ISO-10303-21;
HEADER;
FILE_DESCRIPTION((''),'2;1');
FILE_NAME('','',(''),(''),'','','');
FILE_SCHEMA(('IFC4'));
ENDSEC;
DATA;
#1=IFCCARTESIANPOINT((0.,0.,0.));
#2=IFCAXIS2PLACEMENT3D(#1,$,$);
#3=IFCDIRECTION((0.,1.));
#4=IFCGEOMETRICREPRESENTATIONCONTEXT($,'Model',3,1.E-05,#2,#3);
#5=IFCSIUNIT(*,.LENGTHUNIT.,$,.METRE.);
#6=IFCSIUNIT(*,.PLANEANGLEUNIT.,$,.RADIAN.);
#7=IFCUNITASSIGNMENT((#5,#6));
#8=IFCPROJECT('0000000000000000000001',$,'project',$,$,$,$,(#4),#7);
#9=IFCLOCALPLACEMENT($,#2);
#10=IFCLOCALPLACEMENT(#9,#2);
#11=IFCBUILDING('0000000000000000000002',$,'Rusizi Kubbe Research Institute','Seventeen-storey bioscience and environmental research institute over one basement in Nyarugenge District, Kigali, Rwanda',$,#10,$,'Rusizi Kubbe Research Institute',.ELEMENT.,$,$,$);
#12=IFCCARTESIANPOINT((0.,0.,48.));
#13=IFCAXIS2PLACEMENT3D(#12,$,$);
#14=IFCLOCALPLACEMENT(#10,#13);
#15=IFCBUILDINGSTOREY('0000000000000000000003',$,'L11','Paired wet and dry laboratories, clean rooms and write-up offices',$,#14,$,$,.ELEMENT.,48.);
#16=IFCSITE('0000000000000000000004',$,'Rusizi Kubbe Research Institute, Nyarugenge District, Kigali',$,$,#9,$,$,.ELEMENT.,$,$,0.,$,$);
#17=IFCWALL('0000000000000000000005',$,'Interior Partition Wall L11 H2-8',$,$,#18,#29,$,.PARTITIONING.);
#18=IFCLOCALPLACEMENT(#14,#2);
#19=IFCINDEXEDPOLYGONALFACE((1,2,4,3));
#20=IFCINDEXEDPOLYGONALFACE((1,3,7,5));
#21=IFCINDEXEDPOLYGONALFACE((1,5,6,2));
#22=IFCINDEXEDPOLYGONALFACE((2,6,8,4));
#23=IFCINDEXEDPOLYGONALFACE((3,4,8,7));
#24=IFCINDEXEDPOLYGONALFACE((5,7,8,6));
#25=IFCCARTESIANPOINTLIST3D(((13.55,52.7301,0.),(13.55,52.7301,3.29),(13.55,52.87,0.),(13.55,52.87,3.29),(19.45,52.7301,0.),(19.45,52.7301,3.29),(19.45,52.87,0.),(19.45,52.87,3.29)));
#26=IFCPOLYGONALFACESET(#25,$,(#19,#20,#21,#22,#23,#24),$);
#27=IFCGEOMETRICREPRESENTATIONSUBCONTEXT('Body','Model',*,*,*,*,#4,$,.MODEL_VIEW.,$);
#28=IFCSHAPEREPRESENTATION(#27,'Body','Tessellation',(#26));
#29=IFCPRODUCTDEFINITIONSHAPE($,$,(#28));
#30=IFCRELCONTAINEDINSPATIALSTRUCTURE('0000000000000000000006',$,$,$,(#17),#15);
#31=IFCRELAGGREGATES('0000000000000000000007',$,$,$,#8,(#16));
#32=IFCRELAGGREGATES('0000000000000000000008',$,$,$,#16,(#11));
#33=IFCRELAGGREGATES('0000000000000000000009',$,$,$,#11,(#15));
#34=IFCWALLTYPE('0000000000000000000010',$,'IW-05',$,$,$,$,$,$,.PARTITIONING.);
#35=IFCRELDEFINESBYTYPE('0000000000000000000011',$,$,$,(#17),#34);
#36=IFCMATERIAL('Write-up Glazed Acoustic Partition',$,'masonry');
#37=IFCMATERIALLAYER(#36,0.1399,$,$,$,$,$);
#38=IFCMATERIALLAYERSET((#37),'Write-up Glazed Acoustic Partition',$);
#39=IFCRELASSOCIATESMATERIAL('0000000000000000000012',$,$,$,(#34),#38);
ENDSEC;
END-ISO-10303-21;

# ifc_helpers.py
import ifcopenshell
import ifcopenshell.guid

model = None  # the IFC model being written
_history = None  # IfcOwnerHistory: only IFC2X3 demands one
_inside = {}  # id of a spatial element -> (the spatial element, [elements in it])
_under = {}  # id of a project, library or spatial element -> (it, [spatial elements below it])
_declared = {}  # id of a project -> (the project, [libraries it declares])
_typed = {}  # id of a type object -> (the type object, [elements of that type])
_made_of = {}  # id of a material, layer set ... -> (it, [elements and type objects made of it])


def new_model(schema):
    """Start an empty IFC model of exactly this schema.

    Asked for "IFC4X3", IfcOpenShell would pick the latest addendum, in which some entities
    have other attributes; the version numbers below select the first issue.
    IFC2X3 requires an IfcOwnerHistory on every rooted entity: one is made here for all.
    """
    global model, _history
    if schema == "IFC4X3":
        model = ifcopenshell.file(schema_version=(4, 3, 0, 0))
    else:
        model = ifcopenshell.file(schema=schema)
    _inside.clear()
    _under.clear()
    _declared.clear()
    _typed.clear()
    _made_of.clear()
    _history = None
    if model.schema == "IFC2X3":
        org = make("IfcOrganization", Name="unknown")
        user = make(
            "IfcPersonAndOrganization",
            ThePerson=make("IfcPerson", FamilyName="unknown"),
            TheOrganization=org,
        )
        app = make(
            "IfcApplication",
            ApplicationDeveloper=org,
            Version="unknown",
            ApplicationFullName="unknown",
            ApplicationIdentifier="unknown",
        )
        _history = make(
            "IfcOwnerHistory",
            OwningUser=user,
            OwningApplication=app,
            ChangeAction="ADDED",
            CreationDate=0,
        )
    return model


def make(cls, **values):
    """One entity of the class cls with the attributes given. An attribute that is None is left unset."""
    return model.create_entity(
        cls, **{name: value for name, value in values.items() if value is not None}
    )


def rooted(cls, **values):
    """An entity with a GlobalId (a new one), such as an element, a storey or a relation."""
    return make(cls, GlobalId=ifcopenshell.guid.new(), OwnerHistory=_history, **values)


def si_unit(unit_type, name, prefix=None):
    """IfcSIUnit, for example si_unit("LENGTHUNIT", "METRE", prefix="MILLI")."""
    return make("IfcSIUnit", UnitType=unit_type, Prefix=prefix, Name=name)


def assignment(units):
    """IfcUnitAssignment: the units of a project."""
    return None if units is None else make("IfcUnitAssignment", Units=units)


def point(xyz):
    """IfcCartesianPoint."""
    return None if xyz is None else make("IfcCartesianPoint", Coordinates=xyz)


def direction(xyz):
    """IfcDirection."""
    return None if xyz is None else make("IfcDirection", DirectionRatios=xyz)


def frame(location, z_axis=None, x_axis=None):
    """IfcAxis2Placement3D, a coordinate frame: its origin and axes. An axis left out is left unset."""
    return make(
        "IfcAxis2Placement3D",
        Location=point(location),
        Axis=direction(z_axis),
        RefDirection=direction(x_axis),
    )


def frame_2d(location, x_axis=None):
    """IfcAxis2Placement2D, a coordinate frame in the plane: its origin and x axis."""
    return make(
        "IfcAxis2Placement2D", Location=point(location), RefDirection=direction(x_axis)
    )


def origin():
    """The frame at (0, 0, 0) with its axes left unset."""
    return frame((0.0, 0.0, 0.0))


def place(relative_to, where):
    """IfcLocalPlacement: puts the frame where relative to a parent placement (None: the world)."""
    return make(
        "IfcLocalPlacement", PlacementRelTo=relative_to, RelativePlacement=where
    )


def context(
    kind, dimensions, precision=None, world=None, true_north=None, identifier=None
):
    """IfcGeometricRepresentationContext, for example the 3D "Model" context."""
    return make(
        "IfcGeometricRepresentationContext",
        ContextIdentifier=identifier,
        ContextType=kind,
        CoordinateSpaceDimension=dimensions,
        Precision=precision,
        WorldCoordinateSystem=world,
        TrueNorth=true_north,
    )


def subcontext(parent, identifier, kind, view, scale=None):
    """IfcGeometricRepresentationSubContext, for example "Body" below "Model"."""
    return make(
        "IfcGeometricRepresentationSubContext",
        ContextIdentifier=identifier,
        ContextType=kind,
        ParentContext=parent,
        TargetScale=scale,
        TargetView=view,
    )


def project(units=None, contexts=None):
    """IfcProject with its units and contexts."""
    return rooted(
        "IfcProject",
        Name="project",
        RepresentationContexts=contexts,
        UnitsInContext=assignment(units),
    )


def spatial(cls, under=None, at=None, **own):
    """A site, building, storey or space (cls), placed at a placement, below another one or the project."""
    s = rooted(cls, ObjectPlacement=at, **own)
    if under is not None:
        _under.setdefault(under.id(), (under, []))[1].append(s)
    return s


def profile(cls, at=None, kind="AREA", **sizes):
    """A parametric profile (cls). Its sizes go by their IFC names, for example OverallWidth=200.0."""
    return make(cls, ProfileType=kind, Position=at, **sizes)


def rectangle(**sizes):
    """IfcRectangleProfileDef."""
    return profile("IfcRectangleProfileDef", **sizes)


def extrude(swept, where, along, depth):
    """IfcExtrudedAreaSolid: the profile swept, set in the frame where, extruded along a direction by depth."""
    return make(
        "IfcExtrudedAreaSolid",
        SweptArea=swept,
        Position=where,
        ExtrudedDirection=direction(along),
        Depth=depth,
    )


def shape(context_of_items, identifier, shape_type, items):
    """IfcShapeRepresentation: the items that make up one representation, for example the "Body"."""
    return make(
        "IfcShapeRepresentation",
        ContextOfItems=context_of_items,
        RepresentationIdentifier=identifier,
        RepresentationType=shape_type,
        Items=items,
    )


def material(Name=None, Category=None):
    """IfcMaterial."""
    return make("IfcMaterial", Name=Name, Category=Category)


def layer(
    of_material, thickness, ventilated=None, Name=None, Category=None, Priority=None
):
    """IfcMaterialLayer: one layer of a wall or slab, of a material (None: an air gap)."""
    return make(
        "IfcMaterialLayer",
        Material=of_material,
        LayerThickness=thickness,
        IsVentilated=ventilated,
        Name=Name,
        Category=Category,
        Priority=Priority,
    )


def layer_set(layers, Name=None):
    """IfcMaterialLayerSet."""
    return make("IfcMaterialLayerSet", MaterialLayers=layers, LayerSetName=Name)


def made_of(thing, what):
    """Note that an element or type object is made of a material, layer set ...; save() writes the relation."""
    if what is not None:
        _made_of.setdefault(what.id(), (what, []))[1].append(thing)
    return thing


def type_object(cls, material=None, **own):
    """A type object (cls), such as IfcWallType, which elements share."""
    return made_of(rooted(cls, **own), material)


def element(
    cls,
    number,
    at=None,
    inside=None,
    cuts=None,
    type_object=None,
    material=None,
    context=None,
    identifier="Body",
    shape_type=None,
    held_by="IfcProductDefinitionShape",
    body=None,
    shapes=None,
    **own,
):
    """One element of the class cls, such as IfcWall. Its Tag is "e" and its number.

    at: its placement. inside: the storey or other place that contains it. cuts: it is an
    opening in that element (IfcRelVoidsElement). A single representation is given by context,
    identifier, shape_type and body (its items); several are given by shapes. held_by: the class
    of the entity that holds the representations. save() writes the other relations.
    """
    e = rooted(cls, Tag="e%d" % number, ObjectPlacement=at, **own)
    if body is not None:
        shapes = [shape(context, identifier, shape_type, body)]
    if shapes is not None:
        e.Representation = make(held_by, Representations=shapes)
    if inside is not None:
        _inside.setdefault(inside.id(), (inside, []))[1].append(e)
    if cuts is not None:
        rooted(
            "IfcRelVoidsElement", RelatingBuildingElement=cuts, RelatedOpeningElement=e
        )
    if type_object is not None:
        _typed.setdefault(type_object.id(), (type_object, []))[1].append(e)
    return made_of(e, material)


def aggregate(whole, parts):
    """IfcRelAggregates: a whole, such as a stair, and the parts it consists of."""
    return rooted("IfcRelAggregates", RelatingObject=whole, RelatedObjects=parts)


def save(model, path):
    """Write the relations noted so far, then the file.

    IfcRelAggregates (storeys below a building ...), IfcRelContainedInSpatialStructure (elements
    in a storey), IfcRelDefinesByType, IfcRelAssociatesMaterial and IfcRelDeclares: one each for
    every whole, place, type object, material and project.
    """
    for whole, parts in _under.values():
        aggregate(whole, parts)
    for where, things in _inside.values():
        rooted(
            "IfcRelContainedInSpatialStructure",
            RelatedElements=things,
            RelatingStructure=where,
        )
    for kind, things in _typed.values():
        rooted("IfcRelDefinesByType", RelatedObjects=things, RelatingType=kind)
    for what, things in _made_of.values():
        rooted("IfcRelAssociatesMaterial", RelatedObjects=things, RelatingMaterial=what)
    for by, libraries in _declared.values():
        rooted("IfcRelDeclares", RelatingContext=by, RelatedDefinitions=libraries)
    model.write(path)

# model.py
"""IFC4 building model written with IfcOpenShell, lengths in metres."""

from ifc_helpers import new_model, si_unit, direction, frame, frame_2d, origin, place, context, subcontext, project, spatial, rectangle, extrude, material, layer, layer_set, type_object, element, save


model = new_model("IFC4")

# Units and contexts
model_context = context("Model", 3, precision=1e-05, world=origin(), true_north=direction((0.0, 1.0)))
body_context = subcontext(model_context, "Body", "Model", "MODEL_VIEW")
ifc_project = project(units=[si_unit("LENGTHUNIT", "METRE"), si_unit("PLANEANGLEUNIT", "RADIAN")], contexts=[model_context])

# Site, building, storey
site_placement = place(None, origin())
site = spatial("IfcSite", under=ifc_project, at=site_placement, Name="Rusizi Kubbe Research Institute, Nyarugenge District, Kigali", CompositionType="ELEMENT", RefElevation=0.0)
building_placement = place(site_placement, origin())
building = spatial("IfcBuilding", under=site, at=building_placement, Name="Rusizi Kubbe Research Institute", Description="Seventeen-storey bioscience and environmental research institute over one basement in Nyarugenge District, Kigali, Rwanda", LongName="Rusizi Kubbe Research Institute", CompositionType="ELEMENT")
storey_placement = place(building_placement, frame((0.0, 0.0, 48.0)))
storey = spatial("IfcBuildingStorey", under=building, at=storey_placement, Name="L11", Description="Paired wet and dry laboratories, clean rooms and write-up offices", CompositionType="ELEMENT", Elevation=48.0)

# Wall
ifc_material_1 = material(Name="Write-up Glazed Acoustic Partition", Category="masonry")
ifc_layer_1 = layer(ifc_material_1, 0.1399)
ifc_layer_set_1 = layer_set([ifc_layer_1], Name="Write-up Glazed Acoustic Partition")
wall_type_1 = type_object("IfcWallType", Name="IW-05", PredefinedType="PARTITIONING", material=ifc_layer_set_1)
wall_1_placement = place(storey_placement, frame((13.55, 52.8, 0.0), z_axis=(0.0, 0.0, 1.0), x_axis=(1.0, 0.0, 0.0)))
element("IfcWall", 1, at=wall_1_placement, inside=storey, type_object=wall_type_1, Name="Interior Partition Wall L11 H2-8", PredefinedType="PARTITIONING", context=body_context, shape_type="SweptSolid", body=[
    extrude(rectangle(XDim=5.8999, YDim=0.1399, at=frame_2d((2.95, 0.0))), origin(), (0.0, 0.0, 1.0), 3.29),
])

save(model, "model.ifc")
